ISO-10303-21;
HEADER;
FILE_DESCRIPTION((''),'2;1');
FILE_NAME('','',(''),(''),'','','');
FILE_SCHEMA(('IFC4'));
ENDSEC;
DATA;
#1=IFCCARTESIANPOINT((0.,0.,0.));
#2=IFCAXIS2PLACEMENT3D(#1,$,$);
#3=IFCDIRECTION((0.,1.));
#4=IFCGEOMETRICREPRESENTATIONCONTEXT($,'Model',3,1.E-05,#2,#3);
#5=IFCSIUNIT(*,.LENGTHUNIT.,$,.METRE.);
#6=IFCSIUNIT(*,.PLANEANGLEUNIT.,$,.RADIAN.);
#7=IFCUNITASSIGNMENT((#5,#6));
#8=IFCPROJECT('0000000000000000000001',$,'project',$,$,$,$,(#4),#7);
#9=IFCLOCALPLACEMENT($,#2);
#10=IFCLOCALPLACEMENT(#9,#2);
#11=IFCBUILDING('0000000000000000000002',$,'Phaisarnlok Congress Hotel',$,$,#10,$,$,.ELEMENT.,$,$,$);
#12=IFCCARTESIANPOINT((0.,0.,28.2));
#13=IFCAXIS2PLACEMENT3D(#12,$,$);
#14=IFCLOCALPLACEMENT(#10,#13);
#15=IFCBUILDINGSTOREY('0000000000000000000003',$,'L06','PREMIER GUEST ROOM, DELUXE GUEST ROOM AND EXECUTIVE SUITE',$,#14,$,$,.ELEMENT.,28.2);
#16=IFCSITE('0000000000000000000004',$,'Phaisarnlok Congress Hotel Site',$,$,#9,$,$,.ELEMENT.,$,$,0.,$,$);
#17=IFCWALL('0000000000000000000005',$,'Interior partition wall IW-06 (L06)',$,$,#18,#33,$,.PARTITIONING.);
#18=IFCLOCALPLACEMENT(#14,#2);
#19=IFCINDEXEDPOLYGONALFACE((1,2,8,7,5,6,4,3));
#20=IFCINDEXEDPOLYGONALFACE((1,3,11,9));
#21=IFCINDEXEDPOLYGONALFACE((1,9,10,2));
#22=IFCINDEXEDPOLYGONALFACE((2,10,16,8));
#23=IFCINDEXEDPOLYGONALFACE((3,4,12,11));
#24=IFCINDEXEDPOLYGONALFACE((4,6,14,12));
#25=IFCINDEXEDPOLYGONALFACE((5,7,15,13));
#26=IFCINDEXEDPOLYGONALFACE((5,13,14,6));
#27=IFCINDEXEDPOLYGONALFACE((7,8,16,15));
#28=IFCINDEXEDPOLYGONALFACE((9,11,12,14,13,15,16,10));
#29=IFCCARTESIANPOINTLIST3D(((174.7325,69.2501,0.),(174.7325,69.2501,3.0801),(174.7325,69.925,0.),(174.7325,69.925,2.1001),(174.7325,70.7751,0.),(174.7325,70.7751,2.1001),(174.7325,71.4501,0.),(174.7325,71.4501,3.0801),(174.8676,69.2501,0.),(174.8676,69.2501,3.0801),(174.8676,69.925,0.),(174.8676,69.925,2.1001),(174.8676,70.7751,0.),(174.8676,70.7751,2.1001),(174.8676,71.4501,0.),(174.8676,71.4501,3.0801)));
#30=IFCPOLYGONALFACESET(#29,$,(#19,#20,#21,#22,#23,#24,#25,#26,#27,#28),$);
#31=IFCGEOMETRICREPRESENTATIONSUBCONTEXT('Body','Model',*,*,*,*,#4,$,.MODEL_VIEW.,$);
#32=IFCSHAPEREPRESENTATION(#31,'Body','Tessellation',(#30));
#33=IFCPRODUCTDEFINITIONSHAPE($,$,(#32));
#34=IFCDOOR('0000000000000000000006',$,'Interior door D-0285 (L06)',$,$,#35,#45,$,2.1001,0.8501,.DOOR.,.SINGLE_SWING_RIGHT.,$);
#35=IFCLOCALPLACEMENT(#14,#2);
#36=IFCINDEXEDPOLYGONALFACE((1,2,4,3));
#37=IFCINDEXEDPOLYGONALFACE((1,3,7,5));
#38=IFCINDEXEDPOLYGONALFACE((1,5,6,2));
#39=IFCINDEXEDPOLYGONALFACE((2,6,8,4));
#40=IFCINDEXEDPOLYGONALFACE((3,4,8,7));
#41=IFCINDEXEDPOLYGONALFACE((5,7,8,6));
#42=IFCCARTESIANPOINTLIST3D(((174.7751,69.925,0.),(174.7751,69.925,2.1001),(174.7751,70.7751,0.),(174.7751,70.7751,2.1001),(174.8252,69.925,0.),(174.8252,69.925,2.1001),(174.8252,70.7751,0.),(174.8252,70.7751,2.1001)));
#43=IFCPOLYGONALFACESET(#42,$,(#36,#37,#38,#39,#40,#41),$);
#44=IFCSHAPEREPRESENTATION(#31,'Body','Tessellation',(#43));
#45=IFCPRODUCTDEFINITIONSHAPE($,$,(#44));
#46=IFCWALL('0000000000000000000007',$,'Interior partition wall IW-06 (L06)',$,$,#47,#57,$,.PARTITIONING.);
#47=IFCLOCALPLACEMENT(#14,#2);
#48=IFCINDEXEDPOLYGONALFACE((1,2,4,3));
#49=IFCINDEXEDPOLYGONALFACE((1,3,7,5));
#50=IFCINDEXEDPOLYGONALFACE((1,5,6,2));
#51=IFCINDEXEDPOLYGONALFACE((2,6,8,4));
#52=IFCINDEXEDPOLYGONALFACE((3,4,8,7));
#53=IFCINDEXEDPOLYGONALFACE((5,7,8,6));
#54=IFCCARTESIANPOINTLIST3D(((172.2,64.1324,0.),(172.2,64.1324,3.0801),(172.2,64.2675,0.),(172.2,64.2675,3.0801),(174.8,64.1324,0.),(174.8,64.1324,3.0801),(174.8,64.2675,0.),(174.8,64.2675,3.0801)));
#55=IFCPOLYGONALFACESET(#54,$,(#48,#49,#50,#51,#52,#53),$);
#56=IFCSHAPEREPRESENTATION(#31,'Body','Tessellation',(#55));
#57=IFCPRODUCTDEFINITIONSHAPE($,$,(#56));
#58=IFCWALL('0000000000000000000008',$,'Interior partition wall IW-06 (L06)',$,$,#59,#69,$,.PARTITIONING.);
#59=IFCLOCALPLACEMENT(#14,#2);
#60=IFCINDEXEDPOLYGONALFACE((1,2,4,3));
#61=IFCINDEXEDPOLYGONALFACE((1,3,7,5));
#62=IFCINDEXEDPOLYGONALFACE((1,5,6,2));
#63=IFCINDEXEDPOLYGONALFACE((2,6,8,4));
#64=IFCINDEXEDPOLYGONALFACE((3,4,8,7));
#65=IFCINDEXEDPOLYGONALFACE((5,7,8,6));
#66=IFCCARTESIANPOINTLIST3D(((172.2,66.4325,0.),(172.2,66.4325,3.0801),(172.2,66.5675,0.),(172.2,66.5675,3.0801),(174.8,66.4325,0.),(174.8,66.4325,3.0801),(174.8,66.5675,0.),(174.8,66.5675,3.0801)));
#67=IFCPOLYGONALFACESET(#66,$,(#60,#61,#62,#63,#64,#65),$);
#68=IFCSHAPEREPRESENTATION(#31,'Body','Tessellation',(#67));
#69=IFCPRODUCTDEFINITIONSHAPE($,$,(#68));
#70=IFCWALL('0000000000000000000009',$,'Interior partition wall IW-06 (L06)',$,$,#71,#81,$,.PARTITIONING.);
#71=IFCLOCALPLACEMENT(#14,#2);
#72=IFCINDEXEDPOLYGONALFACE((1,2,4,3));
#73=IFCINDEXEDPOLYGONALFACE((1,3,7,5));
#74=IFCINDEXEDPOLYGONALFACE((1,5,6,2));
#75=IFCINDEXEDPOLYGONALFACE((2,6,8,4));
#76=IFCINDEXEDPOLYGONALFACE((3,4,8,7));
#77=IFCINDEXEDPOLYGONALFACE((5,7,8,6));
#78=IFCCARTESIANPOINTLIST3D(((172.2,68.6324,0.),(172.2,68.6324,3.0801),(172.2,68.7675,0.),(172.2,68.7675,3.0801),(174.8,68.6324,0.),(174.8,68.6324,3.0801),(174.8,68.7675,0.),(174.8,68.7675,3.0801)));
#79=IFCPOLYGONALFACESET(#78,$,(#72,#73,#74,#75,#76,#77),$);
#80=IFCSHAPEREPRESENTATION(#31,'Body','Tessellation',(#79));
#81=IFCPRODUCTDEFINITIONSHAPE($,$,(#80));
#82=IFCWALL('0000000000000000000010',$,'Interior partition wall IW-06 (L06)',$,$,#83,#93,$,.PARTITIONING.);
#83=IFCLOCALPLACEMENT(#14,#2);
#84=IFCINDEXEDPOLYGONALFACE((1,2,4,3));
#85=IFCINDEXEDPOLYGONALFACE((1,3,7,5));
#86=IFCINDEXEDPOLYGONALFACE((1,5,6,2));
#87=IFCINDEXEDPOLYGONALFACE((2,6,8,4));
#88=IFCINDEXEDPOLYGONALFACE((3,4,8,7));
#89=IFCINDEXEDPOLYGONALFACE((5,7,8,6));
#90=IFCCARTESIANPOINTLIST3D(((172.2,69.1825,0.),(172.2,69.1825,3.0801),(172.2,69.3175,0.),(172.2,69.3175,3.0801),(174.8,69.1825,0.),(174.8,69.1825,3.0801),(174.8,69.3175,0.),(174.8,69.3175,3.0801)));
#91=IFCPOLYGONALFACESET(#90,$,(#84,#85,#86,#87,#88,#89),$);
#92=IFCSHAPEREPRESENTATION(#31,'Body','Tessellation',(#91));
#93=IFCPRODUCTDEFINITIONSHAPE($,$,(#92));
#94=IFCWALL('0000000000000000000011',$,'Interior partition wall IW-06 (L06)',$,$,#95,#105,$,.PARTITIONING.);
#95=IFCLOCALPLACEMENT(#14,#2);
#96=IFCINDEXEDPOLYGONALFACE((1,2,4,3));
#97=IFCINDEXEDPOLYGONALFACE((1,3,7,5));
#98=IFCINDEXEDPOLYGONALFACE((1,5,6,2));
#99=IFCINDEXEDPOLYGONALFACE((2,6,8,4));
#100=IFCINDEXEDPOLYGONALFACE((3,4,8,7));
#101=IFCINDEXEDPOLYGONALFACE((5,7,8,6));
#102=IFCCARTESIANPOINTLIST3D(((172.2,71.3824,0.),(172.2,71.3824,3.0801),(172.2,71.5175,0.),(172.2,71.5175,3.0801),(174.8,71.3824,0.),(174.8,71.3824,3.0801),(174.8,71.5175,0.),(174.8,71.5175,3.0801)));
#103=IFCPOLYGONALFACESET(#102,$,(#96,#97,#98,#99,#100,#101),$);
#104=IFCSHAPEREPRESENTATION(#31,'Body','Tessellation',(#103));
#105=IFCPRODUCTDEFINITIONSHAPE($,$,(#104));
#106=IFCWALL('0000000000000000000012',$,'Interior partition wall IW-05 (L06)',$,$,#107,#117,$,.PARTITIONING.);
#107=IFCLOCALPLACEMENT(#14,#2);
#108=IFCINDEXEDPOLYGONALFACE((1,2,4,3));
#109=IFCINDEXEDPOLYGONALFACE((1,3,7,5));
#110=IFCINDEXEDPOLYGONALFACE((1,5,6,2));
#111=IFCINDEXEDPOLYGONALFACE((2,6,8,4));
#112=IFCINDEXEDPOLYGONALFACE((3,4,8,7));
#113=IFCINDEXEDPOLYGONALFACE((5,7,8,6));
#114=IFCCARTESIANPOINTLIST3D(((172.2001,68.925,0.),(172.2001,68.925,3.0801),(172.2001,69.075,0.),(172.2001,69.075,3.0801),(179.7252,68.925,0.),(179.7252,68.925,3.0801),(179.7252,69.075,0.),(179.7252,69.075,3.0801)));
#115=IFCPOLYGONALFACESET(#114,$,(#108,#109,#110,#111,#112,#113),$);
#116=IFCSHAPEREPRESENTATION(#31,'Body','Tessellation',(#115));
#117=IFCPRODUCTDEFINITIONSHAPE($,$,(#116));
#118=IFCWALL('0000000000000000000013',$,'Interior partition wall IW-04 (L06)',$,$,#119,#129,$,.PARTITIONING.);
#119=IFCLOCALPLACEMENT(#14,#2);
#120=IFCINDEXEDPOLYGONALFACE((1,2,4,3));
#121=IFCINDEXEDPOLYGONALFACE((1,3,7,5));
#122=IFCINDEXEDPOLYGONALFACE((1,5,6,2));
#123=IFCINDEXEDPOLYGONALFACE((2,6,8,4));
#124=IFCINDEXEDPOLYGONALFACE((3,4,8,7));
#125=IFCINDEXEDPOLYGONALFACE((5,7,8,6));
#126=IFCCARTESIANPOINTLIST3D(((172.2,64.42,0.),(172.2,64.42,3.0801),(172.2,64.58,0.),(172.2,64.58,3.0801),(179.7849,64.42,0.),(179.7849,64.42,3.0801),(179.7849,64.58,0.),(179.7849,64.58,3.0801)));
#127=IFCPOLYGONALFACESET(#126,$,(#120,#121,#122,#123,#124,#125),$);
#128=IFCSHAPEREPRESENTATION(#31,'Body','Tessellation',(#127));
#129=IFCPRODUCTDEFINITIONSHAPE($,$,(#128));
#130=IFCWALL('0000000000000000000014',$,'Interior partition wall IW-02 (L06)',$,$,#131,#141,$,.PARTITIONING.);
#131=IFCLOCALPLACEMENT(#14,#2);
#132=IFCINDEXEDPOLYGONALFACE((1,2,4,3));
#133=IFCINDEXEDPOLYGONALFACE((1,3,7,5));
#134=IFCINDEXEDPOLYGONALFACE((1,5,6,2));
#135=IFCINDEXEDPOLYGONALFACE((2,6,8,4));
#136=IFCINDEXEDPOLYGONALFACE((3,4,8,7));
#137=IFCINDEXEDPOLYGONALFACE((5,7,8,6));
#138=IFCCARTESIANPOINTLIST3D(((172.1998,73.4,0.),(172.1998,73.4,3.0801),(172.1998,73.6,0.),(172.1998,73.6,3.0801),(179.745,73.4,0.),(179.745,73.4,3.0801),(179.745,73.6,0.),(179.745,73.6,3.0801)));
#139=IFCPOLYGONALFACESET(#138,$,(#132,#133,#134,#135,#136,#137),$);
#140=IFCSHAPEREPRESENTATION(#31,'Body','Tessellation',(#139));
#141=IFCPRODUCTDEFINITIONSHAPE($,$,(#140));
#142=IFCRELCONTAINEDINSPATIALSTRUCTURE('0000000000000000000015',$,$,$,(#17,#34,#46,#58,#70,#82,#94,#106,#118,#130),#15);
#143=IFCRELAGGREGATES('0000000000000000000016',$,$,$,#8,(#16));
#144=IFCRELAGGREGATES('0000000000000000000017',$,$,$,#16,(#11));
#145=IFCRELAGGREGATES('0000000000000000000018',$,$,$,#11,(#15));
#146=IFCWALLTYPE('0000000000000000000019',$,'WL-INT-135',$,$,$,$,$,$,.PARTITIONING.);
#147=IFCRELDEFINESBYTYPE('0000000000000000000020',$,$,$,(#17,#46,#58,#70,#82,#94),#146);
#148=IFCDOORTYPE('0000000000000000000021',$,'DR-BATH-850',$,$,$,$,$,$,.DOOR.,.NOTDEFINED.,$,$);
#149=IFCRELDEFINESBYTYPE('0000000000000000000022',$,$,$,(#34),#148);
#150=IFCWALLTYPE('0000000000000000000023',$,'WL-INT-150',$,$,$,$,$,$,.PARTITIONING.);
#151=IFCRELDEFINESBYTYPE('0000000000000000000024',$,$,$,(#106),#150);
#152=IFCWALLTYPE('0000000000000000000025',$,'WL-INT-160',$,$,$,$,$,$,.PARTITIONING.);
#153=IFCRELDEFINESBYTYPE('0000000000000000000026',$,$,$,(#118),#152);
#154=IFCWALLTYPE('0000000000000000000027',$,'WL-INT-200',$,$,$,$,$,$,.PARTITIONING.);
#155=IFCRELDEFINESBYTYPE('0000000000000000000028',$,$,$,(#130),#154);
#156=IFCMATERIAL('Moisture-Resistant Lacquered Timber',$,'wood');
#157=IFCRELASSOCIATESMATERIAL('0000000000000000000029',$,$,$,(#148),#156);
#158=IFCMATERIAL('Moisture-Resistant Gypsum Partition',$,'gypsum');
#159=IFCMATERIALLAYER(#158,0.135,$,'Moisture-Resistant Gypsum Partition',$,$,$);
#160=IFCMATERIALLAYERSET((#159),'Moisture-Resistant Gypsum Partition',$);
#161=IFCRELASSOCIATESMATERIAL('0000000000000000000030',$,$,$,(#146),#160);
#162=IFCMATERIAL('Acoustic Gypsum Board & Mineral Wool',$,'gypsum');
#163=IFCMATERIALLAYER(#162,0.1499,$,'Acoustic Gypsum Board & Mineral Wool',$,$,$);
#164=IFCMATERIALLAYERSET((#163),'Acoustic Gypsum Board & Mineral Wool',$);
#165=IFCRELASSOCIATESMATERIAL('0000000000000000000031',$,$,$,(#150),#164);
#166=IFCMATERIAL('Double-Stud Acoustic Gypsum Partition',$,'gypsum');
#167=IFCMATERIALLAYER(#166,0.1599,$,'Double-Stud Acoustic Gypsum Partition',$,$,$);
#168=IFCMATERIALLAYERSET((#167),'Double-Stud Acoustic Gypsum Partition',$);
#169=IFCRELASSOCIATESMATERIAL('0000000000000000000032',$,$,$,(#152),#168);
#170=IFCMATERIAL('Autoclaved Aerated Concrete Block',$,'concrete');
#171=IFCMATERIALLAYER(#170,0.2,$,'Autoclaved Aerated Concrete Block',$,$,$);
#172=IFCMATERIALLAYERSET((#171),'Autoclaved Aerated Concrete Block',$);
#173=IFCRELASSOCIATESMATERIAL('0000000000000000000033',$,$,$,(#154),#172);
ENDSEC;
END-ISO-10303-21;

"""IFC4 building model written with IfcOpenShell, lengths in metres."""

from ifc_helpers import new_model, si_unit, direction, frame, frame_2d, origin, place, context, subcontext, project, spatial, rectangle, extrude, material, layer, layer_set, type_object, element, fill, save


model = new_model("IFC4")

# Units and contexts
model_context = context("Model", 3, precision=1e-05, world=origin(), true_north=direction((0.0, 1.0)))
body_context = subcontext(model_context, "Body", "Model", "MODEL_VIEW")
ifc_project = project(units=[si_unit("LENGTHUNIT", "METRE"), si_unit("PLANEANGLEUNIT", "RADIAN")], contexts=[model_context])

# Site, building, storey
site_placement = place(None, origin())
site = spatial("IfcSite", under=ifc_project, at=site_placement, Name="Phaisarnlok Congress Hotel Site", CompositionType="ELEMENT", RefElevation=0.0)
building_placement = place(site_placement, origin())
building = spatial("IfcBuilding", under=site, at=building_placement, Name="Phaisarnlok Congress Hotel", CompositionType="ELEMENT")
storey_placement = place(building_placement, frame((0.0, 0.0, 28.2)))
storey = spatial("IfcBuildingStorey", under=building, at=storey_placement, Name="L06", Description="PREMIER GUEST ROOM, DELUXE GUEST ROOM AND EXECUTIVE SUITE", CompositionType="ELEMENT", Elevation=28.2)

# Wall, opening, door
ifc_material_1 = material(Name="Moisture-Resistant Lacquered Timber", Category="wood")
door_type = type_object("IfcDoorType", Name="DR-BATH-850", OperationType="NOTDEFINED", PredefinedType="DOOR", material=ifc_material_1)
ifc_material_2 = material(Name="Moisture-Resistant Gypsum Partition", Category="gypsum")
ifc_layer_1 = layer(ifc_material_2, 0.135, Name="Moisture-Resistant Gypsum Partition")
ifc_layer_set_1 = layer_set([ifc_layer_1], Name="Moisture-Resistant Gypsum Partition")
wall_type_1 = type_object("IfcWallType", Name="WL-INT-135", PredefinedType="PARTITIONING", material=ifc_layer_set_1)
wall_1_placement = place(storey_placement, frame((174.8, 69.25, 0.0), z_axis=(0.0, 0.0, 1.0), x_axis=(0.0, 1.0, 0.0)))
wall_1 = element("IfcWall", 1, at=wall_1_placement, inside=storey, type_object=wall_type_1, Name="Interior partition wall IW-06 (L06)", PredefinedType="PARTITIONING", context=body_context, shape_type="SweptSolid", body=[
    extrude(rectangle(XDim=2.2, YDim=0.135, at=frame_2d((1.1001, 0.0))), origin(), (0.0, 0.0, 1.0), 3.0801),
])
opening_1_placement = place(wall_1_placement, frame((0.675, 0.0, 0.0)))
opening_1 = element("IfcOpeningElement", 2, at=opening_1_placement, cuts=wall_1, PredefinedType="OPENING", context=body_context, shape_type="SweptSolid", body=[
    extrude(rectangle(XDim=0.8501, YDim=2.1001, at=frame_2d((0.425, 1.05))), frame((0.0, 0.0776, 0.0), z_axis=(0.0, -1.0, 0.0), x_axis=(1.0, 0.0, 0.0)), (0.0, 0.0, 1.0), 0.155),
])
door_1_placement = place(opening_1_placement, origin())
door_1 = element("IfcDoor", 3, at=door_1_placement, inside=storey, type_object=door_type, Name="Interior door D-0285 (L06)", OperationType="SINGLE_SWING_RIGHT", OverallHeight=2.1001, OverallWidth=0.8501, PredefinedType="DOOR", context=body_context, shape_type="SweptSolid", body=[
    extrude(rectangle(XDim=0.8501, YDim=2.1001, at=frame_2d((0.425, 1.05))), frame((0.0, 0.0249, 0.0), z_axis=(0.0, -1.0, 0.0), x_axis=(1.0, 0.0, 0.0)), (0.0, 0.0, 1.0), 0.05),
])
fill(opening_1, door_1)

# Walls
for number, where, z_axis, x_axis, name in (
    (4, (172.2, 64.2, 0.0), (0.0, 0.0, 1.0), (1.0, 0.0, 0.0), "Interior partition wall IW-06 (L06)"),
    (5, (172.2, 66.5, 0.0), (0.0, 0.0, 1.0), (1.0, 0.0, 0.0), "Interior partition wall IW-06 (L06)"),
    (6, (172.2, 68.7, 0.0), (0.0, 0.0, 1.0), (1.0, 0.0, 0.0), "Interior partition wall IW-06 (L06)"),
    (7, (172.2, 69.25, 0.0), (0.0, 0.0, 1.0), (1.0, 0.0, 0.0), "Interior partition wall IW-06 (L06)"),
    (8, (172.2, 71.45, 0.0), (0.0, 0.0, 1.0), (1.0, 0.0, 0.0), "Interior partition wall IW-06 (L06)"),
):
    element("IfcWall", number, at=place(storey_placement, frame(where, z_axis=z_axis, x_axis=x_axis)), inside=storey, type_object=wall_type_1, Name=name, PredefinedType="PARTITIONING", context=body_context, shape_type="SweptSolid", body=[
        extrude(rectangle(XDim=2.6001, YDim=0.135, at=frame_2d((1.3, 0.0))), origin(), (0.0, 0.0, 1.0), 3.0801),
    ])
ifc_material_3 = material(Name="Acoustic Gypsum Board & Mineral Wool", Category="gypsum")
ifc_layer_2 = layer(ifc_material_3, 0.1499, Name="Acoustic Gypsum Board & Mineral Wool")
ifc_layer_set_2 = layer_set([ifc_layer_2], Name="Acoustic Gypsum Board & Mineral Wool")
wall_type_2 = type_object("IfcWallType", Name="WL-INT-150", PredefinedType="PARTITIONING", material=ifc_layer_set_2)
wall_2_placement = place(storey_placement, frame((172.2, 69.0, 0.0), z_axis=(0.0, 0.0, 1.0), x_axis=(1.0, 0.0, 0.0)))
element("IfcWall", 9, at=wall_2_placement, inside=storey, type_object=wall_type_2, Name="Interior partition wall IW-05 (L06)", PredefinedType="PARTITIONING", context=body_context, shape_type="SweptSolid", body=[
    extrude(rectangle(XDim=7.5251, YDim=0.1499, at=frame_2d((3.7627, 0.0))), origin(), (0.0, 0.0, 1.0), 3.0801),
])
ifc_material_4 = material(Name="Double-Stud Acoustic Gypsum Partition", Category="gypsum")
ifc_layer_3 = layer(ifc_material_4, 0.1599, Name="Double-Stud Acoustic Gypsum Partition")
ifc_layer_set_3 = layer_set([ifc_layer_3], Name="Double-Stud Acoustic Gypsum Partition")
wall_type_3 = type_object("IfcWallType", Name="WL-INT-160", PredefinedType="PARTITIONING", material=ifc_layer_set_3)
wall_3_placement = place(storey_placement, frame((172.2, 64.5, 0.0), z_axis=(0.0, 0.0, 1.0), x_axis=(1.0, 0.0, 0.0)))
element("IfcWall", 10, at=wall_3_placement, inside=storey, type_object=wall_type_3, Name="Interior partition wall IW-04 (L06)", PredefinedType="PARTITIONING", context=body_context, shape_type="SweptSolid", body=[
    extrude(rectangle(XDim=7.585, YDim=0.1599, at=frame_2d((3.7925, 0.0))), origin(), (0.0, 0.0, 1.0), 3.0801),
])
ifc_material_5 = material(Name="Autoclaved Aerated Concrete Block", Category="concrete")
ifc_layer_4 = layer(ifc_material_5, 0.2, Name="Autoclaved Aerated Concrete Block")
ifc_layer_set_4 = layer_set([ifc_layer_4], Name="Autoclaved Aerated Concrete Block")
wall_type_4 = type_object("IfcWallType", Name="WL-INT-200", PredefinedType="PARTITIONING", material=ifc_layer_set_4)
wall_4_placement = place(storey_placement, frame((172.2, 73.5, 0.0), z_axis=(0.0, 0.0, 1.0), x_axis=(1.0, 0.0, 0.0)))
element("IfcWall", 11, at=wall_4_placement, inside=storey, type_object=wall_type_4, Name="Interior partition wall IW-02 (L06)", PredefinedType="PARTITIONING", context=body_context, shape_type="SweptSolid", body=[
    extrude(rectangle(XDim=7.5452, YDim=0.2, at=frame_2d((3.7725, 0.0))), origin(), (0.0, 0.0, 1.0), 3.0801),
])

save(model, "model.ifc")
